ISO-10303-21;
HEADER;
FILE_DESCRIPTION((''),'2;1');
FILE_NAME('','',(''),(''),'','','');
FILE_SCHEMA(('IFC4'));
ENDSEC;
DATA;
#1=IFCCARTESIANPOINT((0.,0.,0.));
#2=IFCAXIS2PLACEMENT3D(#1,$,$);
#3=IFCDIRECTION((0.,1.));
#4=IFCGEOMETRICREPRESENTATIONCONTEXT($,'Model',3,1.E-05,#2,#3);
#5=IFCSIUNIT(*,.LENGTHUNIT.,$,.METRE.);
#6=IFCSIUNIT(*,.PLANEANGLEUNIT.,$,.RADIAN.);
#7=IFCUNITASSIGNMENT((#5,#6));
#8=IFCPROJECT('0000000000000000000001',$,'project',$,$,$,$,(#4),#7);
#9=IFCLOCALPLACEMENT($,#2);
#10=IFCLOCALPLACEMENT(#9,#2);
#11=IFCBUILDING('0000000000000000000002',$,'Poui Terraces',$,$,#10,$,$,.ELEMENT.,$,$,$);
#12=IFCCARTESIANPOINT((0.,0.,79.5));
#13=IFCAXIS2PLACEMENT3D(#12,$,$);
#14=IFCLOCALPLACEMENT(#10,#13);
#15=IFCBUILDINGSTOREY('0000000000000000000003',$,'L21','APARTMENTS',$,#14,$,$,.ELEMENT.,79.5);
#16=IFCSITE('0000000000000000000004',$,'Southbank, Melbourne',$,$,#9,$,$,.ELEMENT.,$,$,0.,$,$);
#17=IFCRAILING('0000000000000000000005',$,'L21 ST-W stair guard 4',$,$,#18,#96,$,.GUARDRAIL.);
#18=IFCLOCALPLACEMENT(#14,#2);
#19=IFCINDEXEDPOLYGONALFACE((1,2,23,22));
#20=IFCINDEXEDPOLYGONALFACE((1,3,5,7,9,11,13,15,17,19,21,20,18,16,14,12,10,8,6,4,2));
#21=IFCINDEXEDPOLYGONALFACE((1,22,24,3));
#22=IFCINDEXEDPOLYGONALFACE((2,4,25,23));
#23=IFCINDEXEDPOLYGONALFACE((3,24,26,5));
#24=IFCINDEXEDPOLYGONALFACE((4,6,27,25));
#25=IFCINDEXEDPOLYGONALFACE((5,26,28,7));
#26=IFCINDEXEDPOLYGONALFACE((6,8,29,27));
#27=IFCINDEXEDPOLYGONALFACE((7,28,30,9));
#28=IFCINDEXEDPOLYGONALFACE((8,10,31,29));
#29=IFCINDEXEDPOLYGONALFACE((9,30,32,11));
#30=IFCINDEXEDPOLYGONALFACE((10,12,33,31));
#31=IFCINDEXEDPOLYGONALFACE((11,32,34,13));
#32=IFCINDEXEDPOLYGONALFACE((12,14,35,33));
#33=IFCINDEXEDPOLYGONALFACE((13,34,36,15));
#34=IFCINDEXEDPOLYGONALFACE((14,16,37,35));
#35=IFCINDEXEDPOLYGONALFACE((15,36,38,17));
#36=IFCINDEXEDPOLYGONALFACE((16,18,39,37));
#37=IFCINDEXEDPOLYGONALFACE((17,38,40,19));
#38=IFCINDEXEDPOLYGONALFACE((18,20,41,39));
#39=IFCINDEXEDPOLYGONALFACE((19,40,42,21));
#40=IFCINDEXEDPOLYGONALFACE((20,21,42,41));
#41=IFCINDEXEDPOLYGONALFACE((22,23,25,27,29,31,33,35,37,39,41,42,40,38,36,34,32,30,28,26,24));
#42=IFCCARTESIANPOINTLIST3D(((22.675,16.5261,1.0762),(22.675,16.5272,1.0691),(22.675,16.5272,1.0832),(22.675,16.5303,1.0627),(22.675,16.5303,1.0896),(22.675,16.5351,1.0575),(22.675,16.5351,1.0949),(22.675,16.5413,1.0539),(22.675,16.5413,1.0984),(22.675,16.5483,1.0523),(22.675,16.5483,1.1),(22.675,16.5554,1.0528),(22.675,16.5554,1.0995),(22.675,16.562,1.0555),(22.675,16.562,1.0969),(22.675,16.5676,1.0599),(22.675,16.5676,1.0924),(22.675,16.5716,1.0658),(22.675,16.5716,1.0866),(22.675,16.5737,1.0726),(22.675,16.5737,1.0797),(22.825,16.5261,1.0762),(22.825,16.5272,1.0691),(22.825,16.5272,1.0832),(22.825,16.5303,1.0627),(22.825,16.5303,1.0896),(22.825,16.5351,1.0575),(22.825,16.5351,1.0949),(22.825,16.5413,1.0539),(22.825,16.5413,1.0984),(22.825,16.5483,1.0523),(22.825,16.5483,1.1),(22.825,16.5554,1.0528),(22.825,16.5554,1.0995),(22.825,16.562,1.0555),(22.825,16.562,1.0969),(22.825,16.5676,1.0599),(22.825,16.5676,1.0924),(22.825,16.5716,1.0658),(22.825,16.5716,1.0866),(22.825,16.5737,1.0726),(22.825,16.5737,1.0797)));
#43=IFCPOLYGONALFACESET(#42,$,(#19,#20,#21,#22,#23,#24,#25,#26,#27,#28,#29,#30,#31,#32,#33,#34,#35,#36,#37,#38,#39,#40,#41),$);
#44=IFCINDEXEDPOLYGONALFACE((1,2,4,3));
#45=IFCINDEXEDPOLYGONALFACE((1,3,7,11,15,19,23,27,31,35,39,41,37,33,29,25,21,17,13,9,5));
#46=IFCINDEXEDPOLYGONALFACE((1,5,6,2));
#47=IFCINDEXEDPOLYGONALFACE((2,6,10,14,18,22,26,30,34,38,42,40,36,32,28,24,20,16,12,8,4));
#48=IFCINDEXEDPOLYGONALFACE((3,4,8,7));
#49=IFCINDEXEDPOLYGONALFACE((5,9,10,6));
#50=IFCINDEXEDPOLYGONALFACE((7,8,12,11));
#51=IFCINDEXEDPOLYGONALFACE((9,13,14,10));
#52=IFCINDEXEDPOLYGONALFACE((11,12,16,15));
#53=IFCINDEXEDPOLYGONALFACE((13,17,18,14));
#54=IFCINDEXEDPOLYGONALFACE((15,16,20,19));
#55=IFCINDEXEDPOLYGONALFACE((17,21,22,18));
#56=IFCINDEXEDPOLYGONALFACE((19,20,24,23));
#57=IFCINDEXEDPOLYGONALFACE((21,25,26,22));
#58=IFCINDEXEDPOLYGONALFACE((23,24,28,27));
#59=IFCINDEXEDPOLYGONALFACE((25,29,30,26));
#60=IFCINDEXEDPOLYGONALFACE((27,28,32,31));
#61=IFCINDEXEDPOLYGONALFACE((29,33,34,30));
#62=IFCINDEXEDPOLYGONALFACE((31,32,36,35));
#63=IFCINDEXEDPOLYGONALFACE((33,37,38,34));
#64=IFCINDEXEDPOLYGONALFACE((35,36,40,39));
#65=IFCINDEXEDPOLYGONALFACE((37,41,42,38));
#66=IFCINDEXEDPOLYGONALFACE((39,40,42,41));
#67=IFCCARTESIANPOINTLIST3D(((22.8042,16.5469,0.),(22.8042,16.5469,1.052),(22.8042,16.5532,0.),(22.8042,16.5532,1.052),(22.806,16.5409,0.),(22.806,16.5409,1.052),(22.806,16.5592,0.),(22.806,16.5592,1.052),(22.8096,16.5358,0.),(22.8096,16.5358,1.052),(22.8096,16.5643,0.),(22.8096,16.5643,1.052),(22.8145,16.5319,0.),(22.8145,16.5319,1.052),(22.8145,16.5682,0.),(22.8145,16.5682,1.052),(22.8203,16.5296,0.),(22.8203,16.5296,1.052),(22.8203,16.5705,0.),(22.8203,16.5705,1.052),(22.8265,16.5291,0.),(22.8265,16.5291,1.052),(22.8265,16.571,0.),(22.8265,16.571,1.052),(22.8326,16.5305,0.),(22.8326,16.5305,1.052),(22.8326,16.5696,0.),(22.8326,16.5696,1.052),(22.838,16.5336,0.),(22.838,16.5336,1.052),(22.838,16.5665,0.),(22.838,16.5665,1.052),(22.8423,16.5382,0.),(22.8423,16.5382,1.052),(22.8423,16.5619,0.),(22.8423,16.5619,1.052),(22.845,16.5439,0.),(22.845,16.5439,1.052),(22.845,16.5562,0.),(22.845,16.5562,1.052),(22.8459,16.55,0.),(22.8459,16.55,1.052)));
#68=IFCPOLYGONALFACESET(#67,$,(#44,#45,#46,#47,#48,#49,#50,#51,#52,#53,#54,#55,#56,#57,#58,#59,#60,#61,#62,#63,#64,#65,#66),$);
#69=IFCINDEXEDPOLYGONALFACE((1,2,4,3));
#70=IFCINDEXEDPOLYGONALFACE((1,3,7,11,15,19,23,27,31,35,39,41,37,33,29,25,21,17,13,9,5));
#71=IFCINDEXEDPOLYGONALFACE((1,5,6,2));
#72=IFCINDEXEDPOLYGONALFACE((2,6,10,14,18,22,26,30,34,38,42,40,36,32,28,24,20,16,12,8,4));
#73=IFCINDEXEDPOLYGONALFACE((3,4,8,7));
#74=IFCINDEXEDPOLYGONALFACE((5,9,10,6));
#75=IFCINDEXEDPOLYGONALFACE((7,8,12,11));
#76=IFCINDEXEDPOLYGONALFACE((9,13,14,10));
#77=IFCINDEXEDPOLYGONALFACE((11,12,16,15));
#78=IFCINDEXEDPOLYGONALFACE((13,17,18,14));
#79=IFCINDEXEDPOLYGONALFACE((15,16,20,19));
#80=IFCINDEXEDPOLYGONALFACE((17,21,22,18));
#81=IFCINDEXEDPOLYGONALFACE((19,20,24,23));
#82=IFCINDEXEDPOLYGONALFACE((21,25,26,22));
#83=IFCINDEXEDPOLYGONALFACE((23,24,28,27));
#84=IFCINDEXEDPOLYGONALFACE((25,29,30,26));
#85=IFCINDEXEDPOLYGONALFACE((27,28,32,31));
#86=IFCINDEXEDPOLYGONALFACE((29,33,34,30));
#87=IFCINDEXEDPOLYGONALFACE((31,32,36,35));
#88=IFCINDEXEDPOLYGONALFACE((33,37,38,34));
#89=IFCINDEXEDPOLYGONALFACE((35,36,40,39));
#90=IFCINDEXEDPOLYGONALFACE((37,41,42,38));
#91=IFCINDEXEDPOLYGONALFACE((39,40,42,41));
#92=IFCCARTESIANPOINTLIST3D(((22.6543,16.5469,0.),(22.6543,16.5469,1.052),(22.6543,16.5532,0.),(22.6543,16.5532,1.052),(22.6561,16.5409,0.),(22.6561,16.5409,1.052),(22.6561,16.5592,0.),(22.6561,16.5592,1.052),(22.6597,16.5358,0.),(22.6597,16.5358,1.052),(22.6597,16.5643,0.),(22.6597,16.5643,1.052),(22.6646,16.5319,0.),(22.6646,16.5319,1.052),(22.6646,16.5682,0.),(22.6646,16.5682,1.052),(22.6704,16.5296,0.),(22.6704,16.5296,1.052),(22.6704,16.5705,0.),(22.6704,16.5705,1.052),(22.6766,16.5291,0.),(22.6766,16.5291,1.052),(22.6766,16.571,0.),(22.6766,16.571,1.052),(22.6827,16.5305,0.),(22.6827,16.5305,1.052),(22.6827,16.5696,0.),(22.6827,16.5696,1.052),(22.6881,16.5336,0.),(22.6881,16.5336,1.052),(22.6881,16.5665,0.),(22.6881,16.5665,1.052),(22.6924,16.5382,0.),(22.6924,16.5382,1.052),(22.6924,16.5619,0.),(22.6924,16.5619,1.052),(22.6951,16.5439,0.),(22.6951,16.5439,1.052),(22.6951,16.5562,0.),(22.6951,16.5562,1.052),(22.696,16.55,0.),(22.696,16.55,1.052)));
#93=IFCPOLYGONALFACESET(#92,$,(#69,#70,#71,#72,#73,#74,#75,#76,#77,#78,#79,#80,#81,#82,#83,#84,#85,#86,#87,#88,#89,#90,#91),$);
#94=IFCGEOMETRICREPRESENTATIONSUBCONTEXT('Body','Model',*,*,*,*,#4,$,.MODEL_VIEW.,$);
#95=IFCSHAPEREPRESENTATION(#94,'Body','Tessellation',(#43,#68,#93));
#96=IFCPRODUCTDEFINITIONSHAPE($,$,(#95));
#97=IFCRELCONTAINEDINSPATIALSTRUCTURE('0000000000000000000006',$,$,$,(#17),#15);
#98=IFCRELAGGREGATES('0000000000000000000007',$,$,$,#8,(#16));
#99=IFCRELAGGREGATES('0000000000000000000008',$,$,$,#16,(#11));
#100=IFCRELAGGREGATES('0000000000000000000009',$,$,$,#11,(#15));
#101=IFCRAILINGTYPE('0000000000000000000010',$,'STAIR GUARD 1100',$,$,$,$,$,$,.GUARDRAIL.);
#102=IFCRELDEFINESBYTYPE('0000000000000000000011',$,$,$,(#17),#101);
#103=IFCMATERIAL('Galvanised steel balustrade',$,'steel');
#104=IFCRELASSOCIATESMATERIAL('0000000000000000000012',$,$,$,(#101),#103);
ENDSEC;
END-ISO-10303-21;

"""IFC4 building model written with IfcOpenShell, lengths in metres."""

from ifc_helpers import new_model, si_unit, direction, frame, origin, origin_2d, place, context, subcontext, project, spatial, circle, extrude, material, type_object, element, save


model = new_model("IFC4")

# Units and contexts
model_context = context("Model", 3, precision=1e-05, world=origin(), true_north=direction((0.0, 1.0)))
body_context = subcontext(model_context, "Body", "Model", "MODEL_VIEW")
ifc_project = project(units=[si_unit("LENGTHUNIT", "METRE"), si_unit("PLANEANGLEUNIT", "RADIAN")], contexts=[model_context])

# Site, building, storey
site_placement = place(None, origin())
site = spatial("IfcSite", under=ifc_project, at=site_placement, Name="Southbank, Melbourne", CompositionType="ELEMENT", RefElevation=0.0)
building_placement = place(site_placement, origin())
building = spatial("IfcBuilding", under=site, at=building_placement, Name="Poui Terraces", CompositionType="ELEMENT")
storey_placement = place(building_placement, frame((0.0, 0.0, 79.5)))
storey = spatial("IfcBuildingStorey", under=building, at=storey_placement, Name="L21", Description="APARTMENTS", CompositionType="ELEMENT", Elevation=79.5)

# Railing
ifc_material_1 = material(Name="Galvanised steel balustrade", Category="steel")
railing_type_1 = type_object("IfcRailingType", Name="STAIR GUARD 1100", PredefinedType="GUARDRAIL", material=ifc_material_1)
railing_1_placement = place(storey_placement, frame((22.825, 16.55, 0.0)))
element("IfcRailing", 1, at=railing_1_placement, inside=storey, type_object=railing_type_1, Name="L21 ST-W stair guard 4", PredefinedType="GUARDRAIL", context=body_context, shape_type="SweptSolid", body=[
    extrude(circle(Radius=0.0239, at=origin_2d()), frame((0.0, 0.0, 1.0762), z_axis=(-1.0, 0.0, 0.0), x_axis=(0.0, -1.0, 0.0)), (0.0, 0.0, 1.0), 0.1499),
    extrude(circle(Radius=0.021, at=origin_2d()), origin(), (0.0, 0.0, 1.0), 1.052),
    extrude(circle(Radius=0.021, at=origin_2d()), frame((-0.1499, 0.0, 0.0)), (0.0, 0.0, 1.0), 1.052),
])

save(model, "model.ifc")
